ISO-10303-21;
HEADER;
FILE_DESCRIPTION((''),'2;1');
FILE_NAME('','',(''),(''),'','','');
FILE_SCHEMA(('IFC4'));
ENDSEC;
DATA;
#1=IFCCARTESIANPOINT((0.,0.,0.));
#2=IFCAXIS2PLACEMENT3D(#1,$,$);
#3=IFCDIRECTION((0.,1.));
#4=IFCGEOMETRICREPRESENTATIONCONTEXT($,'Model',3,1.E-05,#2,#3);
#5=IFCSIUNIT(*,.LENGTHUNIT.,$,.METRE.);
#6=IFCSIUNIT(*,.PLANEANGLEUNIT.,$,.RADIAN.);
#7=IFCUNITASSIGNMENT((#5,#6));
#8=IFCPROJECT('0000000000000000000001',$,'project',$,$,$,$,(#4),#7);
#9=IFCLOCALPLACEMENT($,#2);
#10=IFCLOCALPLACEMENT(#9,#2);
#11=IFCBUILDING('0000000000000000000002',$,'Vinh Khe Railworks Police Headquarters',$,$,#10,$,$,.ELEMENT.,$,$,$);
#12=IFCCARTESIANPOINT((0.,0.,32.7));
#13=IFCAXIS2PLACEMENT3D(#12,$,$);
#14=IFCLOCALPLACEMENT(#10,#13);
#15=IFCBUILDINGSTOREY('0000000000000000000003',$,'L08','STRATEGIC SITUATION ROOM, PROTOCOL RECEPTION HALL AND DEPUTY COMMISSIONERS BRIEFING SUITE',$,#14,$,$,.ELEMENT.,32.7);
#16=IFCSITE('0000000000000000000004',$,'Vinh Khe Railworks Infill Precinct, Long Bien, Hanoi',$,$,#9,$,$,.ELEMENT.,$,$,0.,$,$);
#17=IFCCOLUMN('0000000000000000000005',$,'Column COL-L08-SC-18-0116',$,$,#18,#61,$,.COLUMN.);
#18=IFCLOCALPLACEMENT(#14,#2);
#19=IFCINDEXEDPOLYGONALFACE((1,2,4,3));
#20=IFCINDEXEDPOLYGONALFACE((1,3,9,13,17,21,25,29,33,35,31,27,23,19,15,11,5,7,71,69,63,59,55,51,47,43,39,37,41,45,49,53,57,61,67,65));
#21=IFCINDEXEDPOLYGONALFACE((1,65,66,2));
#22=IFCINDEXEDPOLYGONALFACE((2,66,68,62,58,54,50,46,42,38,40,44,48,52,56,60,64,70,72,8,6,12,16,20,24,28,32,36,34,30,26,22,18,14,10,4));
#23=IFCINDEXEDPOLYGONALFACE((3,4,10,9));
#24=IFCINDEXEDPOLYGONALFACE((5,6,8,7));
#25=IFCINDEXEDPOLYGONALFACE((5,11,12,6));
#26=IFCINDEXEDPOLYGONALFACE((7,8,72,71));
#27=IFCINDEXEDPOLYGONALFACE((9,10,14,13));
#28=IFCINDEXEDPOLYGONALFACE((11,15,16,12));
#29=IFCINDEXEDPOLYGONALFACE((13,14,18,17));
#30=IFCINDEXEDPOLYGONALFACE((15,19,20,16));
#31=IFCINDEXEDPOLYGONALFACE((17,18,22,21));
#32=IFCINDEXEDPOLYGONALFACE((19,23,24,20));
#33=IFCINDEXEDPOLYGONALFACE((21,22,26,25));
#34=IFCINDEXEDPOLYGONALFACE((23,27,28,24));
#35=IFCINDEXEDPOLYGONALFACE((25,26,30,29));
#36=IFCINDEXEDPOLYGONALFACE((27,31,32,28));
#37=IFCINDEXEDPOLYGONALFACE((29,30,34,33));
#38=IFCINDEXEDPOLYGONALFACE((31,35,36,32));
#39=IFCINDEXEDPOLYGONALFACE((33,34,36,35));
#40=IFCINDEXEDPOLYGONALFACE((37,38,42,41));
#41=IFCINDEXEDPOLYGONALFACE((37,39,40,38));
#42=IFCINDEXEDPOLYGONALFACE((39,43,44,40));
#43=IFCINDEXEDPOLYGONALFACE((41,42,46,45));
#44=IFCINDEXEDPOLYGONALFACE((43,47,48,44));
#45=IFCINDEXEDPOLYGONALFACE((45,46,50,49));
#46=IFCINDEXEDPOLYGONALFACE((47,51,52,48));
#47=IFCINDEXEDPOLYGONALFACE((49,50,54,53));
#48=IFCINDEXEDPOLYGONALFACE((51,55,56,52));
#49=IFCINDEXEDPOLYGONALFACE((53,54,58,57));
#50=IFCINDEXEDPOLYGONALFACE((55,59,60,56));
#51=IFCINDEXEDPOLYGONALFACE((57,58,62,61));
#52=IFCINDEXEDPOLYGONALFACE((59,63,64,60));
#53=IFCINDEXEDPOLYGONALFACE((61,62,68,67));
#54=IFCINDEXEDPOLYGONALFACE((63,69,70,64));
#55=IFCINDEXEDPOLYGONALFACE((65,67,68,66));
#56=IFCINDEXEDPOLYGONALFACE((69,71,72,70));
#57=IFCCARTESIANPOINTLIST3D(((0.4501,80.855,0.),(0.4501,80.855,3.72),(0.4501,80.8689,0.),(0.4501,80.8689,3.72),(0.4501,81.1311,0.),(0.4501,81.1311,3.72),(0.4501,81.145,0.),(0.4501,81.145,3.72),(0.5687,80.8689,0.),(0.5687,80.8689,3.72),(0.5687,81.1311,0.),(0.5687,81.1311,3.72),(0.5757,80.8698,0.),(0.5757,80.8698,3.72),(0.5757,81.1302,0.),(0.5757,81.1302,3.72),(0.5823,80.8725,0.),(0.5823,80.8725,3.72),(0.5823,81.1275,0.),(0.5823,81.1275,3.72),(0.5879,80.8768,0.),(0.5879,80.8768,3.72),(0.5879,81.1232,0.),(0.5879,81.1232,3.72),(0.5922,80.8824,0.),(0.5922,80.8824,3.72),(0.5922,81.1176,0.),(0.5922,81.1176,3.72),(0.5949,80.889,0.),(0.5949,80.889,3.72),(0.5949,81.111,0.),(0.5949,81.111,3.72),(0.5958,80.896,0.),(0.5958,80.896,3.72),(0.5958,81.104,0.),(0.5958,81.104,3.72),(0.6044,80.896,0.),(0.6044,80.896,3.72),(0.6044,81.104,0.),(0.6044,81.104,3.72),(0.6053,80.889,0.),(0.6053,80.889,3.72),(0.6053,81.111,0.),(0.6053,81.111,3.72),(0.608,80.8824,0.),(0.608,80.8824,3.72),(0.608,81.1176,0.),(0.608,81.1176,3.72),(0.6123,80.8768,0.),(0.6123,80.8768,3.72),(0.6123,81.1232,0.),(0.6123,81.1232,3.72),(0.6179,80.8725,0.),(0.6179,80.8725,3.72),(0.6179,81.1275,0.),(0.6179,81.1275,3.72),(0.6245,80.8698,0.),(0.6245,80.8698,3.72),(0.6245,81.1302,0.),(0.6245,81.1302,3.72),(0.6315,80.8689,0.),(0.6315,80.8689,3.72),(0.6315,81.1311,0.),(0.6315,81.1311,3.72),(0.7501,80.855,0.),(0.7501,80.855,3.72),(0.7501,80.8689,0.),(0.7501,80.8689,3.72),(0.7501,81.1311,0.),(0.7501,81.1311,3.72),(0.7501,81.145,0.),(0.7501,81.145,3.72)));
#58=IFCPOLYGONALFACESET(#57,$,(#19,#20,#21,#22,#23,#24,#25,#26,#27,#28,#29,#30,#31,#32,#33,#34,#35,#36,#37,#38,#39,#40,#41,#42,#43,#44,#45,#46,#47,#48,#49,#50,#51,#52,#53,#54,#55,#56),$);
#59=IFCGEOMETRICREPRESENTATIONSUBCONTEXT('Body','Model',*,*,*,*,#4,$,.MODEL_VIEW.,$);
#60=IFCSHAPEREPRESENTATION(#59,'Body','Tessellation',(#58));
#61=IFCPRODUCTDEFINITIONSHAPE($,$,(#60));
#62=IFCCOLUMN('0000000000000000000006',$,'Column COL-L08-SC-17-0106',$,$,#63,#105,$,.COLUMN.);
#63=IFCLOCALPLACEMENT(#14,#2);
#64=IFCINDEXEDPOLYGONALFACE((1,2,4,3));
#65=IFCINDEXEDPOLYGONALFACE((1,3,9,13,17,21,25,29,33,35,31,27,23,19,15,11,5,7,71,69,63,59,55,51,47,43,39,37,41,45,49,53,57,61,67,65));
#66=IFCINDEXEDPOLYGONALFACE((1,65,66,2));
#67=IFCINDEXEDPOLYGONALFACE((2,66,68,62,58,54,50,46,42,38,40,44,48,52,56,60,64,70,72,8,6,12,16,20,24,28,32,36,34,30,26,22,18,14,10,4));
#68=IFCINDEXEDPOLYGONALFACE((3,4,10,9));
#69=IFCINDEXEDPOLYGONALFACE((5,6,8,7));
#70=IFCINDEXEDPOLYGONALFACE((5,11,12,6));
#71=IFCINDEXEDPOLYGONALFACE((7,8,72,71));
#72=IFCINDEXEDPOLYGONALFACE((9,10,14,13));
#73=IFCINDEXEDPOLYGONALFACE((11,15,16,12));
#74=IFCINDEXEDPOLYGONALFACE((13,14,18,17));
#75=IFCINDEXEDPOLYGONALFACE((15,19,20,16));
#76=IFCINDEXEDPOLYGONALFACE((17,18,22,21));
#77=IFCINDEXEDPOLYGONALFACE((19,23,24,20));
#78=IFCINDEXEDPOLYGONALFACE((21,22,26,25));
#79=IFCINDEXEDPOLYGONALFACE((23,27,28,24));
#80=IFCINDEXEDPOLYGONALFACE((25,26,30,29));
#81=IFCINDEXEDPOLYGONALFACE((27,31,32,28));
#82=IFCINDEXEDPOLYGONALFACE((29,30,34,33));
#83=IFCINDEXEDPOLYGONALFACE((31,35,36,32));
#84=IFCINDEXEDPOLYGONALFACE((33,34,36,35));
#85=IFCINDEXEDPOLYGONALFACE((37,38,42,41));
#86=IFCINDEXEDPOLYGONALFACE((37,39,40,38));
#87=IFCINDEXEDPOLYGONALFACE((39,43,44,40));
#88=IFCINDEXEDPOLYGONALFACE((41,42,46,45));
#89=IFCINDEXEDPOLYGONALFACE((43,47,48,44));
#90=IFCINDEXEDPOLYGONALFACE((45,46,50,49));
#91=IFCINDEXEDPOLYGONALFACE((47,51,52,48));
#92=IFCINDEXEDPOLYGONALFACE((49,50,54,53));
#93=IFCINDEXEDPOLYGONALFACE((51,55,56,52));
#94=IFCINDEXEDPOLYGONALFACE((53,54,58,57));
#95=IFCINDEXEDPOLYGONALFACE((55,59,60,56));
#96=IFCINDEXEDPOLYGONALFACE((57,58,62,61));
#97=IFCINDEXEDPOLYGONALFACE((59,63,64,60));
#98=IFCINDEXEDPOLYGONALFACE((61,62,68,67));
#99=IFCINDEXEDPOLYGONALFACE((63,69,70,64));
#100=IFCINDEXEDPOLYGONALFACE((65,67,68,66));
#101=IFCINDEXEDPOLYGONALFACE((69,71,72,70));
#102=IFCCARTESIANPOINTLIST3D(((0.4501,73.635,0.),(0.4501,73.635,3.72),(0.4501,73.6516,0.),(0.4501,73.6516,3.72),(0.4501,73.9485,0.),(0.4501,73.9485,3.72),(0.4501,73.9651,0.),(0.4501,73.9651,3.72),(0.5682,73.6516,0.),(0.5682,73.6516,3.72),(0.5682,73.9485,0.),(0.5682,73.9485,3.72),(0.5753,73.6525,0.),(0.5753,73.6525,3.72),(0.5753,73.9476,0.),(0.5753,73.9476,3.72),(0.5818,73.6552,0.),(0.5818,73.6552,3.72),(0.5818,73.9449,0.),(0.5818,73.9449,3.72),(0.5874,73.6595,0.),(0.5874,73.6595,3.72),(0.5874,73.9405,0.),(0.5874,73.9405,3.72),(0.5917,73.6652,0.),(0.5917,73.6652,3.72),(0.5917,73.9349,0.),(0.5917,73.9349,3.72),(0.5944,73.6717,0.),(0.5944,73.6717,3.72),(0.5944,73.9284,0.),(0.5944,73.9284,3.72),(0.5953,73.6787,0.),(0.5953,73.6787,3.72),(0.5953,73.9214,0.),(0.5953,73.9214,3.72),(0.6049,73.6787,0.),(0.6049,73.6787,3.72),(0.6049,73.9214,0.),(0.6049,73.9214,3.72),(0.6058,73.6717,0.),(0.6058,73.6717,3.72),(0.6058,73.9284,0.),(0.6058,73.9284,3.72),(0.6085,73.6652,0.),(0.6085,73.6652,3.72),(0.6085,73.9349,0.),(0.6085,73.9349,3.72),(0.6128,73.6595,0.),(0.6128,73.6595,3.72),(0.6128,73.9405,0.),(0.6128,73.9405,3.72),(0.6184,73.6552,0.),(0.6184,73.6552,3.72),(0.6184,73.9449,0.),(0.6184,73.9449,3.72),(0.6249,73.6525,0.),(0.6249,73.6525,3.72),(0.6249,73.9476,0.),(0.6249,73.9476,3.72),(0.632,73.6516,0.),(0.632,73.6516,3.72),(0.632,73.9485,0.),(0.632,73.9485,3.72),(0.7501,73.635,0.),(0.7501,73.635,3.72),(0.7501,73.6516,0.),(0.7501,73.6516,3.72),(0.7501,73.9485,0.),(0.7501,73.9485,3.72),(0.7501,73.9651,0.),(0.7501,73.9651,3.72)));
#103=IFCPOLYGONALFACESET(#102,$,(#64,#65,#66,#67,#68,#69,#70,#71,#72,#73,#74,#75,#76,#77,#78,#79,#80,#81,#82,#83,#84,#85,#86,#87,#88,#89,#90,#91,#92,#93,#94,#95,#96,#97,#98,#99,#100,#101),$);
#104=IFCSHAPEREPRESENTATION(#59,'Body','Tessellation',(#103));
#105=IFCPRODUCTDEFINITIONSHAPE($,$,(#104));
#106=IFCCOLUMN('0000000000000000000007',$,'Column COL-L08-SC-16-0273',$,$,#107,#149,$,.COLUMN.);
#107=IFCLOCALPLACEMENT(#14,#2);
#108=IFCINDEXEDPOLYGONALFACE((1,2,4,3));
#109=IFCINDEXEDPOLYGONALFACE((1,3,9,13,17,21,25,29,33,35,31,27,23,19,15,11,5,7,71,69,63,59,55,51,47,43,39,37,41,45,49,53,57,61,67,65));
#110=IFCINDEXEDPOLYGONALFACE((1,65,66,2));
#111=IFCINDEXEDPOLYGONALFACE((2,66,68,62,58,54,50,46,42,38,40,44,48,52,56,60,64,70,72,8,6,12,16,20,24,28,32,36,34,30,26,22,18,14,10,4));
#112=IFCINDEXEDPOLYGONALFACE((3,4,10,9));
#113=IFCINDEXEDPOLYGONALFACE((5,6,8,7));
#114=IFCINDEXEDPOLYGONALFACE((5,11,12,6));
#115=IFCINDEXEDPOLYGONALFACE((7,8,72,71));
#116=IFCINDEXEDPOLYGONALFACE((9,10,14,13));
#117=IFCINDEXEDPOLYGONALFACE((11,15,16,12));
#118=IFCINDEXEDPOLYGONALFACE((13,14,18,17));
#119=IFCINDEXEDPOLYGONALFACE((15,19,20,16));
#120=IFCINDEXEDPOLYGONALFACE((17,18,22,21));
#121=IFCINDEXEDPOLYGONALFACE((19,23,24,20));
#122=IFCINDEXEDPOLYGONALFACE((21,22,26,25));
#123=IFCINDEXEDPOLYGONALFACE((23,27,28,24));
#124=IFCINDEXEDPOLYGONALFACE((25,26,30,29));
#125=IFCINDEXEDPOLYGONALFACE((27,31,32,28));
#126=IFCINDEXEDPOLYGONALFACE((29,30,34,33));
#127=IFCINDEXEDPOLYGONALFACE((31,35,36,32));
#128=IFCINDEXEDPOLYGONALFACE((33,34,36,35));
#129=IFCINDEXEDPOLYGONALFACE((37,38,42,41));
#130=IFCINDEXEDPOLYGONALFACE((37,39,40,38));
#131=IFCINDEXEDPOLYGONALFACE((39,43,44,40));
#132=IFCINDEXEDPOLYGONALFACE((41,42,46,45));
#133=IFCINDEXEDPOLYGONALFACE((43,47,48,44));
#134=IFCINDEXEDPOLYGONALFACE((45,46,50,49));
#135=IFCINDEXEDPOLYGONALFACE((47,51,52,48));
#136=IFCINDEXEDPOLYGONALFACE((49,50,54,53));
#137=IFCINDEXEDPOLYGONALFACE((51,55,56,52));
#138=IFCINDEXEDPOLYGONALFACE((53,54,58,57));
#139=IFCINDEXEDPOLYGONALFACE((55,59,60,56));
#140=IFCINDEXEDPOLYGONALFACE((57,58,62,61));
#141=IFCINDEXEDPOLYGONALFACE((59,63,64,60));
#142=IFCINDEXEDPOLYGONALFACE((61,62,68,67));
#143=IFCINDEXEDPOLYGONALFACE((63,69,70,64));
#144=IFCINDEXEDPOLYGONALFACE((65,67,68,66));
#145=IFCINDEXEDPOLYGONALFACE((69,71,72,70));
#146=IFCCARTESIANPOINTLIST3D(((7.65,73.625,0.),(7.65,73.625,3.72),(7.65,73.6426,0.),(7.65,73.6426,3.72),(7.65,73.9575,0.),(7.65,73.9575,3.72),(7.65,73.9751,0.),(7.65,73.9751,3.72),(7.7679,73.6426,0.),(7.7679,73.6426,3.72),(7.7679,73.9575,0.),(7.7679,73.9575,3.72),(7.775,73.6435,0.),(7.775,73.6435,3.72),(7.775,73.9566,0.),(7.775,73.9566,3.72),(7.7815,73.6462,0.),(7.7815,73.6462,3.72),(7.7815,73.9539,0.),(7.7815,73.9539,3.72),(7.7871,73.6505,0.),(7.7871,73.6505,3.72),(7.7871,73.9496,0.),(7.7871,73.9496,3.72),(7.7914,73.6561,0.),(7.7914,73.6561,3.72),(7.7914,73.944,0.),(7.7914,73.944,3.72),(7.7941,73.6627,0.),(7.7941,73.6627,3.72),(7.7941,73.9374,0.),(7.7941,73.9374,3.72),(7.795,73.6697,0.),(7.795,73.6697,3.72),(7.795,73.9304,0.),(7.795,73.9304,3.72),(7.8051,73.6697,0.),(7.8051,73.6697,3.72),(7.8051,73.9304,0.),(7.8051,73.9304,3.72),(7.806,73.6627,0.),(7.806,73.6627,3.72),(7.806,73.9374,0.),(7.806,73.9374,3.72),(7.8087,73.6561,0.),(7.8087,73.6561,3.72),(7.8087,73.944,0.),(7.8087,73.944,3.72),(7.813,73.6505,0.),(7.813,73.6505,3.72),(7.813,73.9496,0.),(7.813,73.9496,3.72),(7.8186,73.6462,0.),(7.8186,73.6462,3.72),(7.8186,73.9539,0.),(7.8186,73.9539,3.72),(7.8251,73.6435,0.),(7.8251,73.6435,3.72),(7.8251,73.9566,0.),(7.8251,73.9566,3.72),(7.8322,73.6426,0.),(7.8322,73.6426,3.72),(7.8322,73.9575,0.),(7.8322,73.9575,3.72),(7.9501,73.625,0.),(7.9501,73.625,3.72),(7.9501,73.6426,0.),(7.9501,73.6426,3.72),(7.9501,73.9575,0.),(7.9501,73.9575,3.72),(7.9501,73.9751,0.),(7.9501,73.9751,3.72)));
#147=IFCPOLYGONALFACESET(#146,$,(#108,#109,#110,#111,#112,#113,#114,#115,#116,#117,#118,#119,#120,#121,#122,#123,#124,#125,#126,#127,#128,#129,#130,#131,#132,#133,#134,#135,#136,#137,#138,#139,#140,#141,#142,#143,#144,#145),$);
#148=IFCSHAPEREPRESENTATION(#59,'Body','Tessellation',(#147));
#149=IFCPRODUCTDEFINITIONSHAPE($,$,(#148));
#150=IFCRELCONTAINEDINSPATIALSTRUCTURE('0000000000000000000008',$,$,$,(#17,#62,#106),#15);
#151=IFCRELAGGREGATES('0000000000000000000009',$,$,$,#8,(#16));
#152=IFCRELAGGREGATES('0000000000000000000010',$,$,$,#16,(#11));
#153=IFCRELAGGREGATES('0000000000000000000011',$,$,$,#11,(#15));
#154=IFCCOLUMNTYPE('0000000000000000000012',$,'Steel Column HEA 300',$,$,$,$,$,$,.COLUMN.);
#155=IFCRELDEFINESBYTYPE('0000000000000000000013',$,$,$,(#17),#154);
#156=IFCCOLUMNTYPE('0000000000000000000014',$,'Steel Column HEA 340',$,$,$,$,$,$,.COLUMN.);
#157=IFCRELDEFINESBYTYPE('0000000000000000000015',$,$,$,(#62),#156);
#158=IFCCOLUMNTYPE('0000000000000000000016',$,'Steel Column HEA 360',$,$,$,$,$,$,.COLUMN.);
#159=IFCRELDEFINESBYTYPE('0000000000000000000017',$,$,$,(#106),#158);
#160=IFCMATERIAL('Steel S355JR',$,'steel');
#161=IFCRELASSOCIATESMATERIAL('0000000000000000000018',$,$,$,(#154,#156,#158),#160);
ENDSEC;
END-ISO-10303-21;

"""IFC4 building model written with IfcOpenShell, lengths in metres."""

from ifc_helpers import new_model, si_unit, direction, frame, origin, origin_2d, place, context, subcontext, project, spatial, i_section, extrude, material, material_profile, profile_set, type_object, element, save


model = new_model("IFC4")

# Units and contexts
model_context = context("Model", 3, precision=1e-05, world=origin(), true_north=direction((0.0, 1.0)))
body_context = subcontext(model_context, "Body", "Model", "MODEL_VIEW")
ifc_project = project(units=[si_unit("LENGTHUNIT", "METRE"), si_unit("PLANEANGLEUNIT", "RADIAN")], contexts=[model_context])

# Site, building, storey
site_placement = place(None, origin())
site = spatial("IfcSite", under=ifc_project, at=site_placement, Name="Vinh Khe Railworks Infill Precinct, Long Bien, Hanoi", CompositionType="ELEMENT", RefElevation=0.0)
building_placement = place(site_placement, origin())
building = spatial("IfcBuilding", under=site, at=building_placement, Name="Vinh Khe Railworks Police Headquarters", CompositionType="ELEMENT")
storey_placement = place(building_placement, frame((0.0, 0.0, 32.7)))
storey = spatial("IfcBuildingStorey", under=building, at=storey_placement, Name="L08", Description="STRATEGIC SITUATION ROOM, PROTOCOL RECEPTION HALL AND DEPUTY COMMISSIONERS BRIEFING SUITE", CompositionType="ELEMENT", Elevation=32.7)

# Columns
ifc_material_1 = material(Name="Steel S355JR", Category="steel")
ifc_material_profile_1 = material_profile(ifc_material_1, i_section(OverallWidth=0.3, OverallDepth=0.29, WebThickness=0.0085, FlangeThickness=0.0139, FilletRadius=0.0271, at=origin_2d()), Name="HEA 300")
ifc_profile_set_1 = profile_set([ifc_material_profile_1], Name="Steel S355JR")
column_type_1 = type_object("IfcColumnType", Name="Steel Column HEA 300", PredefinedType="COLUMN", material=ifc_profile_set_1)
column_1_placement = place(storey_placement, frame((0.6001, 81.0, 0.0), z_axis=(0.0, 0.0, 1.0), x_axis=(1.0, 0.0, 0.0)))
element("IfcColumn", 1, at=column_1_placement, inside=storey, type_object=column_type_1, Name="Column COL-L08-SC-18-0116", PredefinedType="COLUMN", context=body_context, shape_type="SweptSolid", body=[
    extrude(i_section(OverallWidth=0.3, OverallDepth=0.29, WebThickness=0.0085, FlangeThickness=0.0139, FilletRadius=0.0271, at=origin_2d()), origin(), (0.0, 0.0, 1.0), 3.72),
])
ifc_material_profile_2 = material_profile(ifc_material_1, i_section(OverallWidth=0.3, OverallDepth=0.3301, WebThickness=0.0095, FlangeThickness=0.0166, FilletRadius=0.0271, at=origin_2d()), Name="HEA 340")
ifc_profile_set_2 = profile_set([ifc_material_profile_2], Name="Steel S355JR")
column_type_2 = type_object("IfcColumnType", Name="Steel Column HEA 340", PredefinedType="COLUMN", material=ifc_profile_set_2)
column_2_placement = place(storey_placement, frame((0.6001, 73.8, 0.0), z_axis=(0.0, 0.0, 1.0), x_axis=(1.0, 0.0, 0.0)))
element("IfcColumn", 2, at=column_2_placement, inside=storey, type_object=column_type_2, Name="Column COL-L08-SC-17-0106", PredefinedType="COLUMN", context=body_context, shape_type="SweptSolid", body=[
    extrude(i_section(OverallWidth=0.3, OverallDepth=0.3301, WebThickness=0.0095, FlangeThickness=0.0166, FilletRadius=0.0271, at=origin_2d()), origin(), (0.0, 0.0, 1.0), 3.72),
])
ifc_material_profile_3 = material_profile(ifc_material_1, i_section(OverallWidth=0.3, OverallDepth=0.3501, WebThickness=0.01, FlangeThickness=0.0176, FilletRadius=0.0271, at=origin_2d()), Name="HEA 360")
ifc_profile_set_3 = profile_set([ifc_material_profile_3], Name="Steel S355JR")
column_type_3 = type_object("IfcColumnType", Name="Steel Column HEA 360", PredefinedType="COLUMN", material=ifc_profile_set_3)
column_3_placement = place(storey_placement, frame((7.8, 73.8, 0.0), z_axis=(0.0, 0.0, 1.0), x_axis=(1.0, 0.0, 0.0)))
element("IfcColumn", 3, at=column_3_placement, inside=storey, type_object=column_type_3, Name="Column COL-L08-SC-16-0273", PredefinedType="COLUMN", context=body_context, shape_type="SweptSolid", body=[
    extrude(i_section(OverallWidth=0.3, OverallDepth=0.3501, WebThickness=0.01, FlangeThickness=0.0176, FilletRadius=0.0271, at=origin_2d()), origin(), (0.0, 0.0, 1.0), 3.72),
])

save(model, "model.ifc")
